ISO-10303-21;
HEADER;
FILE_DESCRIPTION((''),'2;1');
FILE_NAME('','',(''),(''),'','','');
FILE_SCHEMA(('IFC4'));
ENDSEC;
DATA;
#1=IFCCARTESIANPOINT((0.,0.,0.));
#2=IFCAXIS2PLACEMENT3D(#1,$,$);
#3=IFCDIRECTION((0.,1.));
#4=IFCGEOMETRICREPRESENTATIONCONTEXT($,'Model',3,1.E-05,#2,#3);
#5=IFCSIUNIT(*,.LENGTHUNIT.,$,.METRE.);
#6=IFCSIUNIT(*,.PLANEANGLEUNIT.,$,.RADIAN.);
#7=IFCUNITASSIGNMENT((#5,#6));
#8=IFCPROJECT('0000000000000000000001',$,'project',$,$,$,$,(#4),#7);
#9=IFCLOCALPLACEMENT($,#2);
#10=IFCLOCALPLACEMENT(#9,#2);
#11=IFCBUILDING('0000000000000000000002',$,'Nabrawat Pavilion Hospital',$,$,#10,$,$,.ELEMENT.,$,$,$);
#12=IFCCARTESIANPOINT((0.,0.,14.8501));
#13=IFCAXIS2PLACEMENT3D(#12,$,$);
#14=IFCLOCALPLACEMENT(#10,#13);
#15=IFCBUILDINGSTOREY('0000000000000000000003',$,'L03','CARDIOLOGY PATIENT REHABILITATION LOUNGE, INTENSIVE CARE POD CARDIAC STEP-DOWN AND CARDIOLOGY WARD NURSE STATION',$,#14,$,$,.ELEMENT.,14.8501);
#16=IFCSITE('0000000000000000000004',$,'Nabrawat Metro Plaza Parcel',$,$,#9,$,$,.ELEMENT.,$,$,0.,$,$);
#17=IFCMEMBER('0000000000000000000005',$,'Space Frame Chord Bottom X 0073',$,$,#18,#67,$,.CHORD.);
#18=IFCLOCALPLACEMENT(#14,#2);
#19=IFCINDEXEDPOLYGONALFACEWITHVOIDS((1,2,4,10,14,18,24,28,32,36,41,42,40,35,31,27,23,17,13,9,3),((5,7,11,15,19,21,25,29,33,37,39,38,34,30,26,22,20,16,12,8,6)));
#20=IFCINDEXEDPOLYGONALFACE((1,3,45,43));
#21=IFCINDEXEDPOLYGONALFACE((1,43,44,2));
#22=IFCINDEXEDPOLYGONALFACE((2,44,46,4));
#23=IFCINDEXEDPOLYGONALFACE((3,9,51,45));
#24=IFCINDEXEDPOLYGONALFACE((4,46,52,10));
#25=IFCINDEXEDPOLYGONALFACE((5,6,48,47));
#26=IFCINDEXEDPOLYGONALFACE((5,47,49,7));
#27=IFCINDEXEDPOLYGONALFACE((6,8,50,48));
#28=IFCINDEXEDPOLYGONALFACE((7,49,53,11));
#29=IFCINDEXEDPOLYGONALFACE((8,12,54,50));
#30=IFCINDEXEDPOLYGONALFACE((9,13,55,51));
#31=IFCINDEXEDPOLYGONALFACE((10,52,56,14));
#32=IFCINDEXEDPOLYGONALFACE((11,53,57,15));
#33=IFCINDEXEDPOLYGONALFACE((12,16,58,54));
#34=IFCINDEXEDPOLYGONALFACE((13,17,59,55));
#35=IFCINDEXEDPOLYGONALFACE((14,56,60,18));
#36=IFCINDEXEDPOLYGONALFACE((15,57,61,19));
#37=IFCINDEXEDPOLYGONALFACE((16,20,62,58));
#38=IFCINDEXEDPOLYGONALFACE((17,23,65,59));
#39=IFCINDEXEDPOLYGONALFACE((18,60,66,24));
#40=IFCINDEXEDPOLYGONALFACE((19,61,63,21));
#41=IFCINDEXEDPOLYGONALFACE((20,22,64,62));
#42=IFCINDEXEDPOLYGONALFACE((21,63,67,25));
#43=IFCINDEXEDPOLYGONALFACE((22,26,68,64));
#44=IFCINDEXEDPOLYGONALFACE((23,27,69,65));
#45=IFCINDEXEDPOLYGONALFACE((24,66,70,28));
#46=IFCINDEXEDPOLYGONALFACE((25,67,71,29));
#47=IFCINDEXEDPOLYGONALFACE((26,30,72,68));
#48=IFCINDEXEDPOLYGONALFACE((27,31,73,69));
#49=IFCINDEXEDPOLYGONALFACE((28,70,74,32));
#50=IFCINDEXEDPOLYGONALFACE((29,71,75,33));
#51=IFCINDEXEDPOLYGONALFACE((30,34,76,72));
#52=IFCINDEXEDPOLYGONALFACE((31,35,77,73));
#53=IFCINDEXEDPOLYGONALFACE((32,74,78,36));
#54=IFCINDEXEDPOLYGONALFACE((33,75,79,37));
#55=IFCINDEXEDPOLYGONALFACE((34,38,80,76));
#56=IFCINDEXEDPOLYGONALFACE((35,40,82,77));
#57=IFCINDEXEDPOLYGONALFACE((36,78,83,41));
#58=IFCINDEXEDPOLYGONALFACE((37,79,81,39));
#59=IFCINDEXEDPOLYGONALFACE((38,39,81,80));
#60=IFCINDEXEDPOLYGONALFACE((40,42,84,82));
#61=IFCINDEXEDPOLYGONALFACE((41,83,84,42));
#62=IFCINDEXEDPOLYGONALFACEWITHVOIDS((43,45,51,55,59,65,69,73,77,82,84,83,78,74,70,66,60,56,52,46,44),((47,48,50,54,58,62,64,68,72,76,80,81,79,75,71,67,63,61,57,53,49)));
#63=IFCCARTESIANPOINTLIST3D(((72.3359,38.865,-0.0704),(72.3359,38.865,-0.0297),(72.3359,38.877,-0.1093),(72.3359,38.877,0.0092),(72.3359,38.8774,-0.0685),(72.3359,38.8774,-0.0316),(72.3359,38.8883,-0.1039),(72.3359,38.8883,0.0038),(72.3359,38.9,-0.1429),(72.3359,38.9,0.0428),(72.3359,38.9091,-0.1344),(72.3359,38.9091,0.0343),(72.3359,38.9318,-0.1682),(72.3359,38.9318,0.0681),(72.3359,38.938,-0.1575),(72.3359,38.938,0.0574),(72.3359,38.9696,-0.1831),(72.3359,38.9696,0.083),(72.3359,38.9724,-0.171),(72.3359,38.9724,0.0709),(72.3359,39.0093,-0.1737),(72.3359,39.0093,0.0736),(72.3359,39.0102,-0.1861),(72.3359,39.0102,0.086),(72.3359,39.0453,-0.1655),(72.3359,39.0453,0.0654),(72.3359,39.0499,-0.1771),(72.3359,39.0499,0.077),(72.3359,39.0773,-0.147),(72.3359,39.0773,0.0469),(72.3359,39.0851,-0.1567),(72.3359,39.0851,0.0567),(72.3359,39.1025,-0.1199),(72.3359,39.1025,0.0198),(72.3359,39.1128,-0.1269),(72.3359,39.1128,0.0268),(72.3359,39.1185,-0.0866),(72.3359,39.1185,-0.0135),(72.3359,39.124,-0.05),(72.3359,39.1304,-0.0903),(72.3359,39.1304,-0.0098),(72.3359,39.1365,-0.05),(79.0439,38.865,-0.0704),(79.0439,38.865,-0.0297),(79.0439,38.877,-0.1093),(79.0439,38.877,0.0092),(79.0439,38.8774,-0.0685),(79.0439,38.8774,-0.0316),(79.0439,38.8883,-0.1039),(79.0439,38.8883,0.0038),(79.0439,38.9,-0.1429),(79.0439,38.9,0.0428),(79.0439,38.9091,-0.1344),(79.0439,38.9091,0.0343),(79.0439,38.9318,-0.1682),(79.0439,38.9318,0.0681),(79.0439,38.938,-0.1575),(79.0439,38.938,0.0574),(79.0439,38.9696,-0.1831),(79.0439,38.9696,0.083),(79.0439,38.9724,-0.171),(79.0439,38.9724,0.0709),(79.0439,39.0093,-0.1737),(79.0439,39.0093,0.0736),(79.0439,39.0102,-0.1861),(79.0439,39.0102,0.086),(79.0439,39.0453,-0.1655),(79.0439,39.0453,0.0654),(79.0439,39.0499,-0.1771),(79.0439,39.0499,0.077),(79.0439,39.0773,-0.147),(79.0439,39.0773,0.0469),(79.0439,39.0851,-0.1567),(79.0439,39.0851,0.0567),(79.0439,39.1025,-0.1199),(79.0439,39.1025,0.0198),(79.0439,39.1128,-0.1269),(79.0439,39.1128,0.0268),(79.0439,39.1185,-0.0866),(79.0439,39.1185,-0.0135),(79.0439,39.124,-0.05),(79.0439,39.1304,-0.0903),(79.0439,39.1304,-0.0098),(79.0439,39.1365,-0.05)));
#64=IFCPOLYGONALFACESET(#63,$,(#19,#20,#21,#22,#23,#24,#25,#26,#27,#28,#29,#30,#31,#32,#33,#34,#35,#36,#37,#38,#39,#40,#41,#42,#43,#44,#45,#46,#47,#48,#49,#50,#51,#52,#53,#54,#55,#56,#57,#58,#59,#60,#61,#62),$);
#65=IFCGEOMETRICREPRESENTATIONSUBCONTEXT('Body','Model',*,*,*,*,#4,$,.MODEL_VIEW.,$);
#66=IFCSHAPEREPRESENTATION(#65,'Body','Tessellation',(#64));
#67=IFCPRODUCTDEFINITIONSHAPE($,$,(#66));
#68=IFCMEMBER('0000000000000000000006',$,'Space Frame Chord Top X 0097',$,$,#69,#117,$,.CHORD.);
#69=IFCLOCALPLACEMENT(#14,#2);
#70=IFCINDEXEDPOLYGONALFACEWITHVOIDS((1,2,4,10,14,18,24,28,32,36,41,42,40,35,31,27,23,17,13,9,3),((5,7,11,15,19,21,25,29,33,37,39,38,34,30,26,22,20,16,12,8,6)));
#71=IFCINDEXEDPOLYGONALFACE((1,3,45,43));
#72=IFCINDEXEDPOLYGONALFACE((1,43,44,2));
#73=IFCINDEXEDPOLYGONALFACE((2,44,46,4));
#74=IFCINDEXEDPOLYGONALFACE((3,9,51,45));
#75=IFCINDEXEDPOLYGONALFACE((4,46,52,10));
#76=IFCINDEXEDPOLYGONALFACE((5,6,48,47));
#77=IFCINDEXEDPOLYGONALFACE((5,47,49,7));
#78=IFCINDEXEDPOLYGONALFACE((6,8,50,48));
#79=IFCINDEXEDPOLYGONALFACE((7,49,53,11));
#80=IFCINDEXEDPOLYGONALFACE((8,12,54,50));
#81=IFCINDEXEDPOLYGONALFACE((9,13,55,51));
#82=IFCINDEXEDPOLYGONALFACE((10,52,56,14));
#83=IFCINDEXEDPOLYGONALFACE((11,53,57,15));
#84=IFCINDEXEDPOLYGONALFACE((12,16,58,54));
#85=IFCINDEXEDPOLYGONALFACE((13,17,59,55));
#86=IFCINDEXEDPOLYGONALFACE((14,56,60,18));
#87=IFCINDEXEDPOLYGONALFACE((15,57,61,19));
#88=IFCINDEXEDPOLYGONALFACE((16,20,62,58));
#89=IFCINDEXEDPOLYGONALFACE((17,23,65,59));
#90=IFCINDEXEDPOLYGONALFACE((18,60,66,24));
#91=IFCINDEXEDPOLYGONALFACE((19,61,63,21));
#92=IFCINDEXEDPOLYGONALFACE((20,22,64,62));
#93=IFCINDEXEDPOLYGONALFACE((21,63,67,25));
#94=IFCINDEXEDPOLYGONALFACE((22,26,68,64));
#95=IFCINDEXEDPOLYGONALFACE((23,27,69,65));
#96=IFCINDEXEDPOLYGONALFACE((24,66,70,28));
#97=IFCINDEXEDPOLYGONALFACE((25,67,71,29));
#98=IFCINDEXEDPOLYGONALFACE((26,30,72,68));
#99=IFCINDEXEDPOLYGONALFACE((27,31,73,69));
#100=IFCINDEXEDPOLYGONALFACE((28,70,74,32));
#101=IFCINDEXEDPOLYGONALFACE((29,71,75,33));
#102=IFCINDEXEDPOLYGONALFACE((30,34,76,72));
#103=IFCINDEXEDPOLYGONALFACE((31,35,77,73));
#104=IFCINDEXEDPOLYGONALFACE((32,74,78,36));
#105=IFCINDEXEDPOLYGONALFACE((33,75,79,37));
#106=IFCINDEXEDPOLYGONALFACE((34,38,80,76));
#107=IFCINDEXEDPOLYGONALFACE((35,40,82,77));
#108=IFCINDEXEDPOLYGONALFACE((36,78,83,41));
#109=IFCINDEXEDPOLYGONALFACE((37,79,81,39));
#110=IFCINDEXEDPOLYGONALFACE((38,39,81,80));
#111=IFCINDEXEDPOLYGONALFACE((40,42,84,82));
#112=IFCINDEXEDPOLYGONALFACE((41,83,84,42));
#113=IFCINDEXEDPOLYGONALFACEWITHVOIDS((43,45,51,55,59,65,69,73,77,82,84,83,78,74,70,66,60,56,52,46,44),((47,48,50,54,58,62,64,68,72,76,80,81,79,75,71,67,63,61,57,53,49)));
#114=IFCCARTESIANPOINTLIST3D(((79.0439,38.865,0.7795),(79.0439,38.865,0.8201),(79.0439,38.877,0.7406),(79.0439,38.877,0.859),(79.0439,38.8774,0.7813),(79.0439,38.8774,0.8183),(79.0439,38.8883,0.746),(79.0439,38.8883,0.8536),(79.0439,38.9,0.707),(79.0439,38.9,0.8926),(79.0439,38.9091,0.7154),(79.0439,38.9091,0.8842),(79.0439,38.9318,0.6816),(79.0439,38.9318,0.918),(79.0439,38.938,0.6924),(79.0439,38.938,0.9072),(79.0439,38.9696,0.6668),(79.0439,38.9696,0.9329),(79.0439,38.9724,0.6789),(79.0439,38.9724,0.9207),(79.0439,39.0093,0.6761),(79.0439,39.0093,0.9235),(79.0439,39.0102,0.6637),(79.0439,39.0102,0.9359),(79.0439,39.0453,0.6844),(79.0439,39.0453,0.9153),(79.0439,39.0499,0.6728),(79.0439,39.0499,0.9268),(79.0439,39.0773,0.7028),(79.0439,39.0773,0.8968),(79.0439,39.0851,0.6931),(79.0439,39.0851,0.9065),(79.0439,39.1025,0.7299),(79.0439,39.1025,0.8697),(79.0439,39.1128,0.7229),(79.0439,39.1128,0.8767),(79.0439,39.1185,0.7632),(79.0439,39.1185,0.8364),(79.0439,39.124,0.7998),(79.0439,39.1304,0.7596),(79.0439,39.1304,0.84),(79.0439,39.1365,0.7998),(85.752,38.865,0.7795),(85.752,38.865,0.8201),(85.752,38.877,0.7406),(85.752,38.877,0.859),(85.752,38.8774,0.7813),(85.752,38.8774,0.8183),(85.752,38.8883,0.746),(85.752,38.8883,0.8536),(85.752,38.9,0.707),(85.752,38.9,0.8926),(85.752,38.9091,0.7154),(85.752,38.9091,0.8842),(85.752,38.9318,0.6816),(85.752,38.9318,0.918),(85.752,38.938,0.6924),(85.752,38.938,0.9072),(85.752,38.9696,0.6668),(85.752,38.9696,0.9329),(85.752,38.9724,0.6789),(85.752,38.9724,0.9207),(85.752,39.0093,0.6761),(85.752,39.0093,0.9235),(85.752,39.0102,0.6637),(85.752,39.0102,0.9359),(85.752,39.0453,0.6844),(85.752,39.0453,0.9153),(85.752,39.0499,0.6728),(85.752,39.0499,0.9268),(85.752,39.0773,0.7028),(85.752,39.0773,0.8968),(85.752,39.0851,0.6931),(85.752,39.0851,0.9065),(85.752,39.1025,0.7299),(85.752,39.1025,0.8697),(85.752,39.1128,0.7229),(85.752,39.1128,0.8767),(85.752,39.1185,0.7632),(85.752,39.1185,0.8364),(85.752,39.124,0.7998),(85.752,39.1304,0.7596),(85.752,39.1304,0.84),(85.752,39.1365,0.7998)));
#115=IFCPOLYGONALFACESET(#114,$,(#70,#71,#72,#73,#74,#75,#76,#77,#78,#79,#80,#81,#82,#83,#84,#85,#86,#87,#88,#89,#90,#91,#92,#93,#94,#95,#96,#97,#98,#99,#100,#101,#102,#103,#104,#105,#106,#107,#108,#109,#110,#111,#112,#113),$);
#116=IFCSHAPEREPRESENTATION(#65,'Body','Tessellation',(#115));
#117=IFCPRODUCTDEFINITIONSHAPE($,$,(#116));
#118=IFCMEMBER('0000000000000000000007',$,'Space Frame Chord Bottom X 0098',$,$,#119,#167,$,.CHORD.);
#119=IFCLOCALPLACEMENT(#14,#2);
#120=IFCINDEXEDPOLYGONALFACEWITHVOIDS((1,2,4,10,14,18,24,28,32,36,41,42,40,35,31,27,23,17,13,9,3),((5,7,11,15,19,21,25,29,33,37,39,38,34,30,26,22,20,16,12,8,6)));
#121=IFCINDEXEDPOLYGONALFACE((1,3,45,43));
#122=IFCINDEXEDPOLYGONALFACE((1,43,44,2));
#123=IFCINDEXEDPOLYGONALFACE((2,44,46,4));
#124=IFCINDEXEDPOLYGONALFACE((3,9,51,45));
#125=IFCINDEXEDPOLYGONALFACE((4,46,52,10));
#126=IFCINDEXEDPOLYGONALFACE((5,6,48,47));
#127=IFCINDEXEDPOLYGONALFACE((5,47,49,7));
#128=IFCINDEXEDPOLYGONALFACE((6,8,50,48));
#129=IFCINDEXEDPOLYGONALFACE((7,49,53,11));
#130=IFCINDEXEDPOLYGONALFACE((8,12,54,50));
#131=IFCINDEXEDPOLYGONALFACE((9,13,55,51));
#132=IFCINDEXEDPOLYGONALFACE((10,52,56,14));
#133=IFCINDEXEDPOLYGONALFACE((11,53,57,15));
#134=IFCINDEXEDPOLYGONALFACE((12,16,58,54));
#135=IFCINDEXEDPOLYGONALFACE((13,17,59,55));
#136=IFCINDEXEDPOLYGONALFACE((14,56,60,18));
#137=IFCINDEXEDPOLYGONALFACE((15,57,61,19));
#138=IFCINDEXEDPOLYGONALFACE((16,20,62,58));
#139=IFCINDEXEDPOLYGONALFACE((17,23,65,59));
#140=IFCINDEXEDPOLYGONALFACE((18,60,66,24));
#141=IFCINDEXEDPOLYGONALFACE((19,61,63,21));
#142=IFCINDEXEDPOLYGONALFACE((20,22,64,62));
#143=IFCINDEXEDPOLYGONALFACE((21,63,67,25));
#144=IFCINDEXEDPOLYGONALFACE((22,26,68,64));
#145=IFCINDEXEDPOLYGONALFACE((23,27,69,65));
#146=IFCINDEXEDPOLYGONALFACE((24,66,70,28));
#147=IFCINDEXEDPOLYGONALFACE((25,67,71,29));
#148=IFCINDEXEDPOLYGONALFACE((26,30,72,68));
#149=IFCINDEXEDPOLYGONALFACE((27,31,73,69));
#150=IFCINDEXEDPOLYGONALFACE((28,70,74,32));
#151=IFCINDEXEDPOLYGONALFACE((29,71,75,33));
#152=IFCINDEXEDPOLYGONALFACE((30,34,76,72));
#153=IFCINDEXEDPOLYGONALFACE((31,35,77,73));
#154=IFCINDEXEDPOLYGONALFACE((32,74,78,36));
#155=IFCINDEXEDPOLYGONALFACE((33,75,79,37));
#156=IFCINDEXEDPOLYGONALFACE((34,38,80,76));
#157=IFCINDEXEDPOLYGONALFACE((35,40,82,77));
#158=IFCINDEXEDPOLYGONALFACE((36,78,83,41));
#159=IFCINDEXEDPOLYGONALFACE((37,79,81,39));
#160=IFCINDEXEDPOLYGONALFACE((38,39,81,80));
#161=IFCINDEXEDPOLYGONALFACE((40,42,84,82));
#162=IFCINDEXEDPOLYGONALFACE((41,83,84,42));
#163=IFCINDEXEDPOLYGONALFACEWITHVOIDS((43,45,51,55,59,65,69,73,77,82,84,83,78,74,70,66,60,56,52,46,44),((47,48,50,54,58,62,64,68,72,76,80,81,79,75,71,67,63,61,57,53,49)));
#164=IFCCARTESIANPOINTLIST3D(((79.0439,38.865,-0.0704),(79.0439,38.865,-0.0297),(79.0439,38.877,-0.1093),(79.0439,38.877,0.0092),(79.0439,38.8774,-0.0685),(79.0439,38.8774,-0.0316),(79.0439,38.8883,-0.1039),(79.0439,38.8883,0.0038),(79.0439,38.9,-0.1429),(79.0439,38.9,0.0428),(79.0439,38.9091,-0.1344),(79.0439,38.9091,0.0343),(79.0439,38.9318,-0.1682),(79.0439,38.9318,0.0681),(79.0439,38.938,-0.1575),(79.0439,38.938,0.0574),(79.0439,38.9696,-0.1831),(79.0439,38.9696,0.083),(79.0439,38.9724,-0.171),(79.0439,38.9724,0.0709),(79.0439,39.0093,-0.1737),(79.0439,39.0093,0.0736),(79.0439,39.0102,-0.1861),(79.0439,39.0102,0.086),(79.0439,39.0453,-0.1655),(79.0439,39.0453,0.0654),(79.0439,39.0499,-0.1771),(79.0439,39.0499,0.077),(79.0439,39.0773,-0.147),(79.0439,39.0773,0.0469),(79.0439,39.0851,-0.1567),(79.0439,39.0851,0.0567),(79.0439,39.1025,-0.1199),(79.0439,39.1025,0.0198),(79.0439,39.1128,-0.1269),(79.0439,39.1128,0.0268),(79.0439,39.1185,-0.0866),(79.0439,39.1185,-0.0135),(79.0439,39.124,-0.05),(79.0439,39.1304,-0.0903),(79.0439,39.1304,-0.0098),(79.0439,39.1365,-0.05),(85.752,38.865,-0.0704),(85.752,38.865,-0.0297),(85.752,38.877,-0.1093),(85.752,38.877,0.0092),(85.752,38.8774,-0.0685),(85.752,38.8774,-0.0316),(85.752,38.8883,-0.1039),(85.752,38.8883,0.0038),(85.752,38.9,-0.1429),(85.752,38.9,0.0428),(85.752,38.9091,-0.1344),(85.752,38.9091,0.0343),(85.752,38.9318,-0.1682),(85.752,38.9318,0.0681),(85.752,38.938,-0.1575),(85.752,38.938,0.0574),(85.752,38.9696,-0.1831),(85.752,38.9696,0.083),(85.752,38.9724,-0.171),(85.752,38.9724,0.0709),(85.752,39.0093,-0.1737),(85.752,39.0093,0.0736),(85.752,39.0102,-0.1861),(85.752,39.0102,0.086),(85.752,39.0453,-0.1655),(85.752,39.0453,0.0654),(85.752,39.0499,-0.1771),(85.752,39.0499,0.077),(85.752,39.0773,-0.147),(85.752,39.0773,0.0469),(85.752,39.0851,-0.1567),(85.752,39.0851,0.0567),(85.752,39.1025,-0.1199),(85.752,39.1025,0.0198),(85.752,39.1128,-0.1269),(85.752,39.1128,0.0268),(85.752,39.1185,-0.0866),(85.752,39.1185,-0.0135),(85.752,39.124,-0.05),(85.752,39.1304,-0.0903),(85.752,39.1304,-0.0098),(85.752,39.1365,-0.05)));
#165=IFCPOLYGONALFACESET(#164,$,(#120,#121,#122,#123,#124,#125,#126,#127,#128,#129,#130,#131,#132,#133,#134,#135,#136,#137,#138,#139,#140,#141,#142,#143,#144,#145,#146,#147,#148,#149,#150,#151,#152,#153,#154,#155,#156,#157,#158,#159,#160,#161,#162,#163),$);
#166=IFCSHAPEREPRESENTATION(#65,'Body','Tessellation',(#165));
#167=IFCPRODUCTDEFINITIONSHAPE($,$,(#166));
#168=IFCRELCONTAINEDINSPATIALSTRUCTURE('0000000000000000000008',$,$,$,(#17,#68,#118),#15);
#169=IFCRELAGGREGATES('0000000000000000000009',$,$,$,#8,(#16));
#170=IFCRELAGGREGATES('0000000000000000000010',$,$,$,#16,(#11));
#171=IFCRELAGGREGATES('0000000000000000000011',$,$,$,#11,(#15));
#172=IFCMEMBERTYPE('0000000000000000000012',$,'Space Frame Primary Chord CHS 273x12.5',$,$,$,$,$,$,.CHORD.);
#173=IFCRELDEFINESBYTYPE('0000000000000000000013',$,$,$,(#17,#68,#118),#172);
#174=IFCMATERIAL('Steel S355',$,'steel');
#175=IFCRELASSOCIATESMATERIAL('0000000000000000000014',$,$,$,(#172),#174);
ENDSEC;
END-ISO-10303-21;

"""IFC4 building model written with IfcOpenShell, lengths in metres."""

from ifc_helpers import new_model, si_unit, direction, frame, origin, origin_2d, place, context, subcontext, project, spatial, hollow_circle, extrude, material, material_profile, profile_set, type_object, element, save


model = new_model("IFC4")

# Units and contexts
model_context = context("Model", 3, precision=1e-05, world=origin(), true_north=direction((0.0, 1.0)))
body_context = subcontext(model_context, "Body", "Model", "MODEL_VIEW")
ifc_project = project(units=[si_unit("LENGTHUNIT", "METRE"), si_unit("PLANEANGLEUNIT", "RADIAN")], contexts=[model_context])

# Site, building, storey
site_placement = place(None, origin())
site = spatial("IfcSite", under=ifc_project, at=site_placement, Name="Nabrawat Metro Plaza Parcel", CompositionType="ELEMENT", RefElevation=0.0)
building_placement = place(site_placement, origin())
building = spatial("IfcBuilding", under=site, at=building_placement, Name="Nabrawat Pavilion Hospital", CompositionType="ELEMENT")
storey_placement = place(building_placement, frame((0.0, 0.0, 14.8501)))
storey = spatial("IfcBuildingStorey", under=building, at=storey_placement, Name="L03", Description="CARDIOLOGY PATIENT REHABILITATION LOUNGE, INTENSIVE CARE POD CARDIAC STEP-DOWN AND CARDIOLOGY WARD NURSE STATION", CompositionType="ELEMENT", Elevation=14.8501)

# Shared definitions
ifc_material = material(Name="Steel S355", Category="steel")

# Members
ifc_material_profile_1 = material_profile(ifc_material, hollow_circle(Radius=0.1365, WallThickness=0.0125, at=origin_2d()), Name="CHS 273x12.5")
ifc_profile_set_1 = profile_set([ifc_material_profile_1], Name="Steel S355")
member_type_1 = type_object("IfcMemberType", Name="Space Frame Primary Chord CHS 273x12.5", PredefinedType="CHORD", material=ifc_profile_set_1)
for number, where, z_axis, x_axis, name in (
    (1, (72.3359, 39.0, -0.05), (1.0, 0.0, 0.0), (0.0, 1.0, 0.0), "Space Frame Chord Bottom X 0073"),
    (2, (79.0439, 39.0, 0.7998), (1.0, 0.0, 0.0), (0.0, 1.0, 0.0), "Space Frame Chord Top X 0097"),
    (3, (79.0439, 39.0, -0.05), (1.0, 0.0, 0.0), (0.0, 1.0, 0.0), "Space Frame Chord Bottom X 0098"),
):
    element("IfcMember", number, at=place(storey_placement, frame(where, z_axis=z_axis, x_axis=x_axis)), inside=storey, type_object=member_type_1, Name=name, PredefinedType="CHORD", context=body_context, shape_type="SweptSolid", body=[
        extrude(hollow_circle(Radius=0.1365, WallThickness=0.0125, at=origin_2d()), origin(), (0.0, 0.0, 1.0), 6.708),
    ])

save(model, "model.ifc")
